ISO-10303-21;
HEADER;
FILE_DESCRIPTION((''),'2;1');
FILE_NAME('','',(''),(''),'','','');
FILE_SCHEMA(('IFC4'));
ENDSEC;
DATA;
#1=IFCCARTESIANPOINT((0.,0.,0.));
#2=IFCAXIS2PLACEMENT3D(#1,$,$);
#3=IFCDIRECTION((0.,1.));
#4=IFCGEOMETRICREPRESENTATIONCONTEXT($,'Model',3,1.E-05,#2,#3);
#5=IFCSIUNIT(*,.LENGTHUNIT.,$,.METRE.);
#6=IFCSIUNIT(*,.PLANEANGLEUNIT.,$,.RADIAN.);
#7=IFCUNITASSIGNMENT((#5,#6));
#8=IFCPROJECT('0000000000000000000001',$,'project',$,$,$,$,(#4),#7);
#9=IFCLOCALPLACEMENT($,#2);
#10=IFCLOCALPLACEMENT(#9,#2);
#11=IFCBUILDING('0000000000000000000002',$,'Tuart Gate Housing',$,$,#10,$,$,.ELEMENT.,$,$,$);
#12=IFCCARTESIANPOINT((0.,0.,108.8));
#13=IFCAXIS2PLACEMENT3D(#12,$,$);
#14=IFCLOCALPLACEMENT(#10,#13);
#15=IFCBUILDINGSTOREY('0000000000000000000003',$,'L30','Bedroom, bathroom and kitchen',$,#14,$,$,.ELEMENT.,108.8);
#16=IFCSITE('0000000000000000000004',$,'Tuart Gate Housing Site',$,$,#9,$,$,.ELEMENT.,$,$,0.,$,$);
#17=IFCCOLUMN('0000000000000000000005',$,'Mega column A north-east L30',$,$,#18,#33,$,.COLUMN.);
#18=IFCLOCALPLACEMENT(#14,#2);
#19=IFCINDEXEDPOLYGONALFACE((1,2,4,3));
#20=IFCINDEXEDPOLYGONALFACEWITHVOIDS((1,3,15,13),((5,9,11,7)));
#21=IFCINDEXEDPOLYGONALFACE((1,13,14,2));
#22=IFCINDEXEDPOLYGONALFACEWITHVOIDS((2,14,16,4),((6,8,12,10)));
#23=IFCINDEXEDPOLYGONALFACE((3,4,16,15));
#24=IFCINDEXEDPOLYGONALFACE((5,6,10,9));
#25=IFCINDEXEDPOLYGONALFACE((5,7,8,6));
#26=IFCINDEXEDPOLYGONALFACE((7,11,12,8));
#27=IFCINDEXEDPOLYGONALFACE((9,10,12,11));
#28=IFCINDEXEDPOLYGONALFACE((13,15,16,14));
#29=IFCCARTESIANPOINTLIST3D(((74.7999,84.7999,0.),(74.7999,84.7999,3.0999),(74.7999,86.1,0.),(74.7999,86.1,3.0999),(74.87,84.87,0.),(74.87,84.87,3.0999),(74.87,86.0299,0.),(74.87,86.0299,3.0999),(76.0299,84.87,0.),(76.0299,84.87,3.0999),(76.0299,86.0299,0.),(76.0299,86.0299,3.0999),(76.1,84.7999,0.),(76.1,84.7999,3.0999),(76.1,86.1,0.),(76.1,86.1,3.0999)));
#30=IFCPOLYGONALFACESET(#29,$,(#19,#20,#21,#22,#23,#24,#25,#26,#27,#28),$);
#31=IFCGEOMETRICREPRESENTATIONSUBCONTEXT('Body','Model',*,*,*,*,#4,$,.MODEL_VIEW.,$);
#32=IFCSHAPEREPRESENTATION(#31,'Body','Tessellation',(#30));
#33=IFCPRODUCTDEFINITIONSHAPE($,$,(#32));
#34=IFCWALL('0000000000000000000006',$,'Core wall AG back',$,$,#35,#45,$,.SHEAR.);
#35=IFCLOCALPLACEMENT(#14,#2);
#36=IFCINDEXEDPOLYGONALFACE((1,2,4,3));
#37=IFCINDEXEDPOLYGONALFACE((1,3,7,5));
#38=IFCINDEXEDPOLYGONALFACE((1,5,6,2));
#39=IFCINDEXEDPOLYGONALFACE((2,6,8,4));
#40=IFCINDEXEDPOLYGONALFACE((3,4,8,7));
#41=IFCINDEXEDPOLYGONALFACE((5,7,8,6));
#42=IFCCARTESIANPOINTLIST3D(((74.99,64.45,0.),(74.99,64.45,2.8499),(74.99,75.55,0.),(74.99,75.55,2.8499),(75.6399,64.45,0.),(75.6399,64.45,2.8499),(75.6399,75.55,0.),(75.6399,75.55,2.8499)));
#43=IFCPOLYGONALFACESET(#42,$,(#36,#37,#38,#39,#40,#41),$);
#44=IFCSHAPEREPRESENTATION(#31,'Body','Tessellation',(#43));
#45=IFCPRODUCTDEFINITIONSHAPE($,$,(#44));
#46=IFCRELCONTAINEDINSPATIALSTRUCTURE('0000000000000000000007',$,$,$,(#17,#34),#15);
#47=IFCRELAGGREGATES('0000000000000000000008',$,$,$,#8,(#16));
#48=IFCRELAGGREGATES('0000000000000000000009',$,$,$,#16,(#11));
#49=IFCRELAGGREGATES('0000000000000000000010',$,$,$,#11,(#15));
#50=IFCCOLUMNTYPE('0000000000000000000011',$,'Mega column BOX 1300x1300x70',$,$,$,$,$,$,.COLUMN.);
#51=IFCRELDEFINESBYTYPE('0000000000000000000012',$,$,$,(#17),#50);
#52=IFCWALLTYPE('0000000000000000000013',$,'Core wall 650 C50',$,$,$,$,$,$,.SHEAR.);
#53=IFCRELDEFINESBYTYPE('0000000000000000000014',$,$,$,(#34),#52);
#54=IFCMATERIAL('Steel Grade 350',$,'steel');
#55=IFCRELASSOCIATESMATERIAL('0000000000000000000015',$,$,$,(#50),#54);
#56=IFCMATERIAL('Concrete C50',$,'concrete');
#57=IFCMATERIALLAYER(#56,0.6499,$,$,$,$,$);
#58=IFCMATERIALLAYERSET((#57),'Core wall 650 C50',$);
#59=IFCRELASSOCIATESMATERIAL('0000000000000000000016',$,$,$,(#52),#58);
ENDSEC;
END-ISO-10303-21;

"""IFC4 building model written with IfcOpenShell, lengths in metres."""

from ifc_helpers import new_model, si_unit, direction, frame, frame_2d, origin, origin_2d, place, context, subcontext, project, spatial, rectangle, hollow_rectangle, extrude, material, layer, layer_set, material_profile, profile_set, type_object, element, save


model = new_model("IFC4")

# Units and contexts
model_context = context("Model", 3, precision=1e-05, world=origin(), true_north=direction((0.0, 1.0)))
body_context = subcontext(model_context, "Body", "Model", "MODEL_VIEW")
ifc_project = project(units=[si_unit("LENGTHUNIT", "METRE"), si_unit("PLANEANGLEUNIT", "RADIAN")], contexts=[model_context])

# Site, building, storey
site_placement = place(None, origin())
site = spatial("IfcSite", under=ifc_project, at=site_placement, Name="Tuart Gate Housing Site", CompositionType="ELEMENT", RefElevation=0.0)
building_placement = place(site_placement, origin())
building = spatial("IfcBuilding", under=site, at=building_placement, Name="Tuart Gate Housing", CompositionType="ELEMENT")
storey_placement = place(building_placement, frame((0.0, 0.0, 108.8)))
storey = spatial("IfcBuildingStorey", under=building, at=storey_placement, Name="L30", Description="Bedroom, bathroom and kitchen", CompositionType="ELEMENT", Elevation=108.8)

# Column
ifc_material_1 = material(Name="Steel Grade 350", Category="steel")
ifc_material_profile = material_profile(ifc_material_1, hollow_rectangle(XDim=1.3, YDim=1.3, WallThickness=0.0701, at=origin_2d()), Name="BOX 1300x1300x70")
ifc_profile_set = profile_set([ifc_material_profile], Name="Steel Grade 350")
column_type = type_object("IfcColumnType", Name="Mega column BOX 1300x1300x70", PredefinedType="COLUMN", material=ifc_profile_set)
column_placement = place(storey_placement, frame((75.45, 85.45, 0.0), z_axis=(0.0, 0.0, 1.0), x_axis=(1.0, 0.0, 0.0)))
element("IfcColumn", 1, at=column_placement, inside=storey, type_object=column_type, Name="Mega column A north-east L30", PredefinedType="COLUMN", context=body_context, shape_type="SweptSolid", body=[
    extrude(hollow_rectangle(XDim=1.3, YDim=1.3, WallThickness=0.0701, at=origin_2d()), origin(), (0.0, 0.0, 1.0), 3.0999),
])

# Wall
ifc_material_2 = material(Name="Concrete C50", Category="concrete")
ifc_layer_1 = layer(ifc_material_2, 0.6499)
ifc_layer_set_1 = layer_set([ifc_layer_1], Name="Core wall 650 C50")
wall_type_1 = type_object("IfcWallType", Name="Core wall 650 C50", PredefinedType="SHEAR", material=ifc_layer_set_1)
wall_1_placement = place(storey_placement, frame((75.3149, 64.45, 0.0), z_axis=(0.0, 0.0, 1.0), x_axis=(0.0, 1.0, 0.0)))
element("IfcWall", 2, at=wall_1_placement, inside=storey, type_object=wall_type_1, Name="Core wall AG back", PredefinedType="SHEAR", context=body_context, shape_type="SweptSolid", body=[
    extrude(rectangle(XDim=11.1001, YDim=0.6499, at=frame_2d((5.55, 0.0))), origin(), (0.0, 0.0, 1.0), 2.8499),
])

save(model, "model.ifc")
